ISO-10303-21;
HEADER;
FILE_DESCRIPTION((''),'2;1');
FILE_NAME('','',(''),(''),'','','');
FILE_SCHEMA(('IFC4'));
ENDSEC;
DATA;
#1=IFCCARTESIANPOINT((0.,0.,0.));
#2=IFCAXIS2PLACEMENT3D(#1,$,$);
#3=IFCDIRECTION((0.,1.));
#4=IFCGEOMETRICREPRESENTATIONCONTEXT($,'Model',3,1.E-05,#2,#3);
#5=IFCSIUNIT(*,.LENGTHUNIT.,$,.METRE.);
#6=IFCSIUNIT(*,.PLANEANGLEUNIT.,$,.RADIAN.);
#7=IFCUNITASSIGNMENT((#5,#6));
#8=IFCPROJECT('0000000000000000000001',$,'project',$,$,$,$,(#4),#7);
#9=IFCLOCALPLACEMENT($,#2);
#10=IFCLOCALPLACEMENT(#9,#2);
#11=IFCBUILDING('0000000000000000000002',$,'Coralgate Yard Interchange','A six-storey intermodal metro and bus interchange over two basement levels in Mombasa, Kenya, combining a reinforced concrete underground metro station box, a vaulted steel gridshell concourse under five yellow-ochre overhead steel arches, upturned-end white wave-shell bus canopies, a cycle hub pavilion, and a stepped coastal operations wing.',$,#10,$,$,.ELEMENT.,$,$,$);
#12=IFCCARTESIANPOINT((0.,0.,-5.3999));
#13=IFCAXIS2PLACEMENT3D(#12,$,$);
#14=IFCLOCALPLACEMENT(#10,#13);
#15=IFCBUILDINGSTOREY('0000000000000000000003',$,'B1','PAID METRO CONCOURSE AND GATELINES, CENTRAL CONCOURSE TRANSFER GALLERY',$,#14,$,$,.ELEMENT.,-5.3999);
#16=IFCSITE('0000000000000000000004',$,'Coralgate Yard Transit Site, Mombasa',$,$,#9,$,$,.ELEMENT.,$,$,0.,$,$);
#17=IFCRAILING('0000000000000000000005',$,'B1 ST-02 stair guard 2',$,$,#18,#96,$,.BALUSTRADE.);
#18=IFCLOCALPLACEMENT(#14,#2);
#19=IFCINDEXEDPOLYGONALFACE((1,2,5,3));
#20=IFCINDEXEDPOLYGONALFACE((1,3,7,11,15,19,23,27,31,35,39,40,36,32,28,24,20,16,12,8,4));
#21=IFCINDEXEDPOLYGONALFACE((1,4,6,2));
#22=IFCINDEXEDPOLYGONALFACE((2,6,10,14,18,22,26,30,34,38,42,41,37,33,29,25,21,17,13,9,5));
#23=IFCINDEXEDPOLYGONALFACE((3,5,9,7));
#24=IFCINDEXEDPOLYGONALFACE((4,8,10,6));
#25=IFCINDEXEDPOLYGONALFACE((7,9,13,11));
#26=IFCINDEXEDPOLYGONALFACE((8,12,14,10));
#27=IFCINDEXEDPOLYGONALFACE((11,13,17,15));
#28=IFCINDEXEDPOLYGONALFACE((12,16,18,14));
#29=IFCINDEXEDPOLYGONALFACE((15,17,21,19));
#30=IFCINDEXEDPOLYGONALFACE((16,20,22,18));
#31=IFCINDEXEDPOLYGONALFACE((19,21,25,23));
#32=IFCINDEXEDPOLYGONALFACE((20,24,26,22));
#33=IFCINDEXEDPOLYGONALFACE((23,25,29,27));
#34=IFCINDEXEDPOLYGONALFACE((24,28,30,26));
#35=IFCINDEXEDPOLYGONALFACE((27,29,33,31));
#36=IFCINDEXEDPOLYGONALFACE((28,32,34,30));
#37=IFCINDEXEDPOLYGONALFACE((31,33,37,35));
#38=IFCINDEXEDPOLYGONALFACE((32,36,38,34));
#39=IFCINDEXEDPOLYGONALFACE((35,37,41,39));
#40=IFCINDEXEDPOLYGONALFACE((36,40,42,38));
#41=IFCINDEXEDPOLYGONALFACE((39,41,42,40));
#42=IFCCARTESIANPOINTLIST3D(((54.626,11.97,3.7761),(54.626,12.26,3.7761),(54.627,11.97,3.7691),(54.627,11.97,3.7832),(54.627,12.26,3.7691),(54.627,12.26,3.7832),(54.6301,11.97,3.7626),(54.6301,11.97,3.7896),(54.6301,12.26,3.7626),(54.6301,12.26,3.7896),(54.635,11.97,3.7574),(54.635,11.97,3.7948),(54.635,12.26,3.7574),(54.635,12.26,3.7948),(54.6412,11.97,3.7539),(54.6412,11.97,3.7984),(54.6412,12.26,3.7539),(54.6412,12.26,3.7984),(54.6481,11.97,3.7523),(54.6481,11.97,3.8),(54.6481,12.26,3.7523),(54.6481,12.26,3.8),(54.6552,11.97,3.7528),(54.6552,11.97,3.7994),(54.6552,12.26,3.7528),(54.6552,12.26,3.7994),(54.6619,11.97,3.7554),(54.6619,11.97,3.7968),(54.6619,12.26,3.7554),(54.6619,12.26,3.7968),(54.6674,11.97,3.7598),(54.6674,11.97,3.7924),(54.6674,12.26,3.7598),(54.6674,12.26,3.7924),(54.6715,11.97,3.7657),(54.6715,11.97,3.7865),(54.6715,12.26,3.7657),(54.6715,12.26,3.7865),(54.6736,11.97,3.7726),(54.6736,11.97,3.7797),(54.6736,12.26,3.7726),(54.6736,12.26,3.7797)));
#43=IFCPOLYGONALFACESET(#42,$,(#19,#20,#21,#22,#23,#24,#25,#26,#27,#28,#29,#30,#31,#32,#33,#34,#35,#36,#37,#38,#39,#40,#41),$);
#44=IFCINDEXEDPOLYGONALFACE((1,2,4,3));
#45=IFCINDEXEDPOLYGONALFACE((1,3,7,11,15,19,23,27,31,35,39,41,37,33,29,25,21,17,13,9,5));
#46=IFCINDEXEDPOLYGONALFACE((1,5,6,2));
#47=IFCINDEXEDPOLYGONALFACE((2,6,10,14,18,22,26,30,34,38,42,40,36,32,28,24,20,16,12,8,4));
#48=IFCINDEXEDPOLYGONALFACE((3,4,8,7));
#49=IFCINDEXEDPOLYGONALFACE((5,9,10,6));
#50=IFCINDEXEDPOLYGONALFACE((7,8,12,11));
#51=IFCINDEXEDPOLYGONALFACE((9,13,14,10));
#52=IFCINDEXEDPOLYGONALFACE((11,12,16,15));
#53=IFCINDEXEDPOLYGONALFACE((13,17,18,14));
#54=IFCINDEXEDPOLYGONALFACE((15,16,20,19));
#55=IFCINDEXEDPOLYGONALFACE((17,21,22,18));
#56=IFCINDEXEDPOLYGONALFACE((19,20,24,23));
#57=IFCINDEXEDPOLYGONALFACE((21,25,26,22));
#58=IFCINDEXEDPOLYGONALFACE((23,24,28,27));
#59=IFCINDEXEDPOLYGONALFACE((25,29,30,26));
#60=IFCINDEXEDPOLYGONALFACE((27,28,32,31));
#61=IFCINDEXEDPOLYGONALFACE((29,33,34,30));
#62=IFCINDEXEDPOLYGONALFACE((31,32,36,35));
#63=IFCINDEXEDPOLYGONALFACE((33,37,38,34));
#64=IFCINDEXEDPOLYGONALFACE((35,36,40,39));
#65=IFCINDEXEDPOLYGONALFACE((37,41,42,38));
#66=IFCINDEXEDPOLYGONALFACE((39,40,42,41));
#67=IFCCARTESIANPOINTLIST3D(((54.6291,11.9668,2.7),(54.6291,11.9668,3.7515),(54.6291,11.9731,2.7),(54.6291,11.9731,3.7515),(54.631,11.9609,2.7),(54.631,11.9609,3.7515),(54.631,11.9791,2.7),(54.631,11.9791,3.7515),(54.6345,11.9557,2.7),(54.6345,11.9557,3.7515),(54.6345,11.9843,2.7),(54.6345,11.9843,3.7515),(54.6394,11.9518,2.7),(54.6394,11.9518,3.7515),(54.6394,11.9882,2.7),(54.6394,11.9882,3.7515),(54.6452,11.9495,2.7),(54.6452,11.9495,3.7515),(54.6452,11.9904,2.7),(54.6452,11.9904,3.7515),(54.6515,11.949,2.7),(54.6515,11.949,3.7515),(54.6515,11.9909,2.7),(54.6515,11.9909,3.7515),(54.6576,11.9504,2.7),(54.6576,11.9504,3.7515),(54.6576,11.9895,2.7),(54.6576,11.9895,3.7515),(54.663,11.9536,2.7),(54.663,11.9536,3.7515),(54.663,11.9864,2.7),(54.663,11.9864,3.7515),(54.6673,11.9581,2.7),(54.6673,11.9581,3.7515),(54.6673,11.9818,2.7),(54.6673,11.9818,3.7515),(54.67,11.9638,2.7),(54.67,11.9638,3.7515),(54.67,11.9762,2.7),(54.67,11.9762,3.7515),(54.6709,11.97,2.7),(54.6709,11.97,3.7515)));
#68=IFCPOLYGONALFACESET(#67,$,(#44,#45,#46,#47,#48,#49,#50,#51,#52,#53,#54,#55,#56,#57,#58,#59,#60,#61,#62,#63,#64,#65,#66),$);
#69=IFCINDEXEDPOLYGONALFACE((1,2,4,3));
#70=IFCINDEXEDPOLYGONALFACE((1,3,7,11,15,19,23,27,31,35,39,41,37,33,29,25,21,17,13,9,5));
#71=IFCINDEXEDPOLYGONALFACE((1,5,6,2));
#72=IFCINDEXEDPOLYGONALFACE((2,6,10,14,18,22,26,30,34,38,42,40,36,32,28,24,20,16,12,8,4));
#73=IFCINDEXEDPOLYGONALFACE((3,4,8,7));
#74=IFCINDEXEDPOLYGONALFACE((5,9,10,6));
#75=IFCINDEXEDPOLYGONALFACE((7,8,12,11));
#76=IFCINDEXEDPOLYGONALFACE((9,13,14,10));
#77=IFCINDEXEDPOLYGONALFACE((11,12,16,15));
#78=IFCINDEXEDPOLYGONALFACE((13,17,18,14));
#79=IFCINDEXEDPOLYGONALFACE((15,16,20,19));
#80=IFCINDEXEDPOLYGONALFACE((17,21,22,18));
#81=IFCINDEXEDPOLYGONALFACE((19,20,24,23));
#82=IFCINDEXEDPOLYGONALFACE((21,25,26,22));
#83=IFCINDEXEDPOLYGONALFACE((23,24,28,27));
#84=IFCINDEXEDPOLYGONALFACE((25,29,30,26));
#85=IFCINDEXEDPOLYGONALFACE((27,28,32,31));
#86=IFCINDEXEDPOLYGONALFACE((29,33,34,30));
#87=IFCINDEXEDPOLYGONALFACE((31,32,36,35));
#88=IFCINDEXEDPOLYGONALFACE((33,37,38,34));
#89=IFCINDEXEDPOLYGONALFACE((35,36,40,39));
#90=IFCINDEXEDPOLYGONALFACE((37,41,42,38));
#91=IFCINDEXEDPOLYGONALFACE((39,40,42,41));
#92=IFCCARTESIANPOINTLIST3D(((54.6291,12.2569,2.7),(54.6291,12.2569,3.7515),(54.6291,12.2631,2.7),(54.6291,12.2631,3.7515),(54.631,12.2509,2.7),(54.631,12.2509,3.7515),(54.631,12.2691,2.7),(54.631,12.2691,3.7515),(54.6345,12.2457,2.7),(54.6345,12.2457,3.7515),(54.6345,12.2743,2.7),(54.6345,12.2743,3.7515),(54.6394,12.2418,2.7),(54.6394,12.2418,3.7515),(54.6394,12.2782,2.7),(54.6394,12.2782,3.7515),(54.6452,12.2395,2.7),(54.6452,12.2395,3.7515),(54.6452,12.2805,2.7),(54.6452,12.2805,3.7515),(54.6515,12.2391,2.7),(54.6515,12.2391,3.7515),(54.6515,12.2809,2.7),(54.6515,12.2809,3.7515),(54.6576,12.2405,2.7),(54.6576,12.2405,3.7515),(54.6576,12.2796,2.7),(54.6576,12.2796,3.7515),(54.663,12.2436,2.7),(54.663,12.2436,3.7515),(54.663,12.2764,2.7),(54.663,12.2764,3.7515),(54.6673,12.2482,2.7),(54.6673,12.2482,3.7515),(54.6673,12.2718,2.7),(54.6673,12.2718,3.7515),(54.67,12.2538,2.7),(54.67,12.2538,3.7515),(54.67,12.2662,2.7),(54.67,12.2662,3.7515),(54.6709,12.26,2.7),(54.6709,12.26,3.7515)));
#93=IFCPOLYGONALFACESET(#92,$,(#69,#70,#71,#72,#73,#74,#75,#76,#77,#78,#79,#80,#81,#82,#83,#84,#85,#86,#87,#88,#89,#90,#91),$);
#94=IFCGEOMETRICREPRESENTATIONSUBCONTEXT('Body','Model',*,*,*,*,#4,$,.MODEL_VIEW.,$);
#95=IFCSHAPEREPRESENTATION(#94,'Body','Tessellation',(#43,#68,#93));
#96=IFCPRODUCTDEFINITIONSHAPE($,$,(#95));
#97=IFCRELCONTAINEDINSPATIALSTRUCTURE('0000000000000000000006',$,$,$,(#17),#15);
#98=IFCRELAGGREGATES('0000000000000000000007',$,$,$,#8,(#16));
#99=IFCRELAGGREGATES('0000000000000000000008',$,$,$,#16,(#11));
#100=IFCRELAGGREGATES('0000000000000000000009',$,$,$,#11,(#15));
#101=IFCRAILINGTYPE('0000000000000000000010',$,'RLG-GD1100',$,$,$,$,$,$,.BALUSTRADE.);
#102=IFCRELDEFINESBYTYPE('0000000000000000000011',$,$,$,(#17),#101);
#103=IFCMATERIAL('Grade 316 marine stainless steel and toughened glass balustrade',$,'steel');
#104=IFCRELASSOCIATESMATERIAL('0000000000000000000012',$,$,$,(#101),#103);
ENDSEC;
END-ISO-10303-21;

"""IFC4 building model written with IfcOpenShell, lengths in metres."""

from ifc_helpers import new_model, si_unit, direction, frame, origin, origin_2d, place, context, subcontext, project, spatial, circle, extrude, material, type_object, element, save


model = new_model("IFC4")

# Units and contexts
model_context = context("Model", 3, precision=1e-05, world=origin(), true_north=direction((0.0, 1.0)))
body_context = subcontext(model_context, "Body", "Model", "MODEL_VIEW")
ifc_project = project(units=[si_unit("LENGTHUNIT", "METRE"), si_unit("PLANEANGLEUNIT", "RADIAN")], contexts=[model_context])

# Site, building, storey
site_placement = place(None, origin())
site = spatial("IfcSite", under=ifc_project, at=site_placement, Name="Coralgate Yard Transit Site, Mombasa", CompositionType="ELEMENT", RefElevation=0.0)
building_placement = place(site_placement, origin())
building = spatial("IfcBuilding", under=site, at=building_placement, Name="Coralgate Yard Interchange", Description="A six-storey intermodal metro and bus interchange over two basement levels in Mombasa, Kenya, combining a reinforced concrete underground metro station box, a vaulted steel gridshell concourse under five yellow-ochre overhead steel arches, upturned-end white wave-shell bus canopies, a cycle hub pavilion, and a stepped coastal operations wing.", CompositionType="ELEMENT")
storey_placement = place(building_placement, frame((0.0, 0.0, -5.3999)))
storey = spatial("IfcBuildingStorey", under=building, at=storey_placement, Name="B1", Description="PAID METRO CONCOURSE AND GATELINES, CENTRAL CONCOURSE TRANSFER GALLERY", CompositionType="ELEMENT", Elevation=-5.3999)

# Railing
ifc_material_1 = material(Name="Grade 316 marine stainless steel and toughened glass balustrade", Category="steel")
railing_type_1 = type_object("IfcRailingType", Name="RLG-GD1100", PredefinedType="BALUSTRADE", material=ifc_material_1)
railing_1_placement = place(storey_placement, frame((54.6499, 11.97, 2.7)))
element("IfcRailing", 1, at=railing_1_placement, inside=storey, type_object=railing_type_1, Name="B1 ST-02 stair guard 2", PredefinedType="BALUSTRADE", context=body_context, shape_type="SweptSolid", body=[
    extrude(circle(Radius=0.0239, at=origin_2d()), frame((0.0, 0.0, 1.0762), z_axis=(0.0, 1.0, 0.0), x_axis=(-1.0, 0.0, 0.0)), (0.0, 0.0, 1.0), 0.29),
    extrude(circle(Radius=0.021, at=origin_2d()), origin(), (0.0, 0.0, 1.0), 1.0515),
    extrude(circle(Radius=0.021, at=origin_2d()), frame((0.0, 0.29, 0.0)), (0.0, 0.0, 1.0), 1.0515),
])

save(model, "model.ifc")
